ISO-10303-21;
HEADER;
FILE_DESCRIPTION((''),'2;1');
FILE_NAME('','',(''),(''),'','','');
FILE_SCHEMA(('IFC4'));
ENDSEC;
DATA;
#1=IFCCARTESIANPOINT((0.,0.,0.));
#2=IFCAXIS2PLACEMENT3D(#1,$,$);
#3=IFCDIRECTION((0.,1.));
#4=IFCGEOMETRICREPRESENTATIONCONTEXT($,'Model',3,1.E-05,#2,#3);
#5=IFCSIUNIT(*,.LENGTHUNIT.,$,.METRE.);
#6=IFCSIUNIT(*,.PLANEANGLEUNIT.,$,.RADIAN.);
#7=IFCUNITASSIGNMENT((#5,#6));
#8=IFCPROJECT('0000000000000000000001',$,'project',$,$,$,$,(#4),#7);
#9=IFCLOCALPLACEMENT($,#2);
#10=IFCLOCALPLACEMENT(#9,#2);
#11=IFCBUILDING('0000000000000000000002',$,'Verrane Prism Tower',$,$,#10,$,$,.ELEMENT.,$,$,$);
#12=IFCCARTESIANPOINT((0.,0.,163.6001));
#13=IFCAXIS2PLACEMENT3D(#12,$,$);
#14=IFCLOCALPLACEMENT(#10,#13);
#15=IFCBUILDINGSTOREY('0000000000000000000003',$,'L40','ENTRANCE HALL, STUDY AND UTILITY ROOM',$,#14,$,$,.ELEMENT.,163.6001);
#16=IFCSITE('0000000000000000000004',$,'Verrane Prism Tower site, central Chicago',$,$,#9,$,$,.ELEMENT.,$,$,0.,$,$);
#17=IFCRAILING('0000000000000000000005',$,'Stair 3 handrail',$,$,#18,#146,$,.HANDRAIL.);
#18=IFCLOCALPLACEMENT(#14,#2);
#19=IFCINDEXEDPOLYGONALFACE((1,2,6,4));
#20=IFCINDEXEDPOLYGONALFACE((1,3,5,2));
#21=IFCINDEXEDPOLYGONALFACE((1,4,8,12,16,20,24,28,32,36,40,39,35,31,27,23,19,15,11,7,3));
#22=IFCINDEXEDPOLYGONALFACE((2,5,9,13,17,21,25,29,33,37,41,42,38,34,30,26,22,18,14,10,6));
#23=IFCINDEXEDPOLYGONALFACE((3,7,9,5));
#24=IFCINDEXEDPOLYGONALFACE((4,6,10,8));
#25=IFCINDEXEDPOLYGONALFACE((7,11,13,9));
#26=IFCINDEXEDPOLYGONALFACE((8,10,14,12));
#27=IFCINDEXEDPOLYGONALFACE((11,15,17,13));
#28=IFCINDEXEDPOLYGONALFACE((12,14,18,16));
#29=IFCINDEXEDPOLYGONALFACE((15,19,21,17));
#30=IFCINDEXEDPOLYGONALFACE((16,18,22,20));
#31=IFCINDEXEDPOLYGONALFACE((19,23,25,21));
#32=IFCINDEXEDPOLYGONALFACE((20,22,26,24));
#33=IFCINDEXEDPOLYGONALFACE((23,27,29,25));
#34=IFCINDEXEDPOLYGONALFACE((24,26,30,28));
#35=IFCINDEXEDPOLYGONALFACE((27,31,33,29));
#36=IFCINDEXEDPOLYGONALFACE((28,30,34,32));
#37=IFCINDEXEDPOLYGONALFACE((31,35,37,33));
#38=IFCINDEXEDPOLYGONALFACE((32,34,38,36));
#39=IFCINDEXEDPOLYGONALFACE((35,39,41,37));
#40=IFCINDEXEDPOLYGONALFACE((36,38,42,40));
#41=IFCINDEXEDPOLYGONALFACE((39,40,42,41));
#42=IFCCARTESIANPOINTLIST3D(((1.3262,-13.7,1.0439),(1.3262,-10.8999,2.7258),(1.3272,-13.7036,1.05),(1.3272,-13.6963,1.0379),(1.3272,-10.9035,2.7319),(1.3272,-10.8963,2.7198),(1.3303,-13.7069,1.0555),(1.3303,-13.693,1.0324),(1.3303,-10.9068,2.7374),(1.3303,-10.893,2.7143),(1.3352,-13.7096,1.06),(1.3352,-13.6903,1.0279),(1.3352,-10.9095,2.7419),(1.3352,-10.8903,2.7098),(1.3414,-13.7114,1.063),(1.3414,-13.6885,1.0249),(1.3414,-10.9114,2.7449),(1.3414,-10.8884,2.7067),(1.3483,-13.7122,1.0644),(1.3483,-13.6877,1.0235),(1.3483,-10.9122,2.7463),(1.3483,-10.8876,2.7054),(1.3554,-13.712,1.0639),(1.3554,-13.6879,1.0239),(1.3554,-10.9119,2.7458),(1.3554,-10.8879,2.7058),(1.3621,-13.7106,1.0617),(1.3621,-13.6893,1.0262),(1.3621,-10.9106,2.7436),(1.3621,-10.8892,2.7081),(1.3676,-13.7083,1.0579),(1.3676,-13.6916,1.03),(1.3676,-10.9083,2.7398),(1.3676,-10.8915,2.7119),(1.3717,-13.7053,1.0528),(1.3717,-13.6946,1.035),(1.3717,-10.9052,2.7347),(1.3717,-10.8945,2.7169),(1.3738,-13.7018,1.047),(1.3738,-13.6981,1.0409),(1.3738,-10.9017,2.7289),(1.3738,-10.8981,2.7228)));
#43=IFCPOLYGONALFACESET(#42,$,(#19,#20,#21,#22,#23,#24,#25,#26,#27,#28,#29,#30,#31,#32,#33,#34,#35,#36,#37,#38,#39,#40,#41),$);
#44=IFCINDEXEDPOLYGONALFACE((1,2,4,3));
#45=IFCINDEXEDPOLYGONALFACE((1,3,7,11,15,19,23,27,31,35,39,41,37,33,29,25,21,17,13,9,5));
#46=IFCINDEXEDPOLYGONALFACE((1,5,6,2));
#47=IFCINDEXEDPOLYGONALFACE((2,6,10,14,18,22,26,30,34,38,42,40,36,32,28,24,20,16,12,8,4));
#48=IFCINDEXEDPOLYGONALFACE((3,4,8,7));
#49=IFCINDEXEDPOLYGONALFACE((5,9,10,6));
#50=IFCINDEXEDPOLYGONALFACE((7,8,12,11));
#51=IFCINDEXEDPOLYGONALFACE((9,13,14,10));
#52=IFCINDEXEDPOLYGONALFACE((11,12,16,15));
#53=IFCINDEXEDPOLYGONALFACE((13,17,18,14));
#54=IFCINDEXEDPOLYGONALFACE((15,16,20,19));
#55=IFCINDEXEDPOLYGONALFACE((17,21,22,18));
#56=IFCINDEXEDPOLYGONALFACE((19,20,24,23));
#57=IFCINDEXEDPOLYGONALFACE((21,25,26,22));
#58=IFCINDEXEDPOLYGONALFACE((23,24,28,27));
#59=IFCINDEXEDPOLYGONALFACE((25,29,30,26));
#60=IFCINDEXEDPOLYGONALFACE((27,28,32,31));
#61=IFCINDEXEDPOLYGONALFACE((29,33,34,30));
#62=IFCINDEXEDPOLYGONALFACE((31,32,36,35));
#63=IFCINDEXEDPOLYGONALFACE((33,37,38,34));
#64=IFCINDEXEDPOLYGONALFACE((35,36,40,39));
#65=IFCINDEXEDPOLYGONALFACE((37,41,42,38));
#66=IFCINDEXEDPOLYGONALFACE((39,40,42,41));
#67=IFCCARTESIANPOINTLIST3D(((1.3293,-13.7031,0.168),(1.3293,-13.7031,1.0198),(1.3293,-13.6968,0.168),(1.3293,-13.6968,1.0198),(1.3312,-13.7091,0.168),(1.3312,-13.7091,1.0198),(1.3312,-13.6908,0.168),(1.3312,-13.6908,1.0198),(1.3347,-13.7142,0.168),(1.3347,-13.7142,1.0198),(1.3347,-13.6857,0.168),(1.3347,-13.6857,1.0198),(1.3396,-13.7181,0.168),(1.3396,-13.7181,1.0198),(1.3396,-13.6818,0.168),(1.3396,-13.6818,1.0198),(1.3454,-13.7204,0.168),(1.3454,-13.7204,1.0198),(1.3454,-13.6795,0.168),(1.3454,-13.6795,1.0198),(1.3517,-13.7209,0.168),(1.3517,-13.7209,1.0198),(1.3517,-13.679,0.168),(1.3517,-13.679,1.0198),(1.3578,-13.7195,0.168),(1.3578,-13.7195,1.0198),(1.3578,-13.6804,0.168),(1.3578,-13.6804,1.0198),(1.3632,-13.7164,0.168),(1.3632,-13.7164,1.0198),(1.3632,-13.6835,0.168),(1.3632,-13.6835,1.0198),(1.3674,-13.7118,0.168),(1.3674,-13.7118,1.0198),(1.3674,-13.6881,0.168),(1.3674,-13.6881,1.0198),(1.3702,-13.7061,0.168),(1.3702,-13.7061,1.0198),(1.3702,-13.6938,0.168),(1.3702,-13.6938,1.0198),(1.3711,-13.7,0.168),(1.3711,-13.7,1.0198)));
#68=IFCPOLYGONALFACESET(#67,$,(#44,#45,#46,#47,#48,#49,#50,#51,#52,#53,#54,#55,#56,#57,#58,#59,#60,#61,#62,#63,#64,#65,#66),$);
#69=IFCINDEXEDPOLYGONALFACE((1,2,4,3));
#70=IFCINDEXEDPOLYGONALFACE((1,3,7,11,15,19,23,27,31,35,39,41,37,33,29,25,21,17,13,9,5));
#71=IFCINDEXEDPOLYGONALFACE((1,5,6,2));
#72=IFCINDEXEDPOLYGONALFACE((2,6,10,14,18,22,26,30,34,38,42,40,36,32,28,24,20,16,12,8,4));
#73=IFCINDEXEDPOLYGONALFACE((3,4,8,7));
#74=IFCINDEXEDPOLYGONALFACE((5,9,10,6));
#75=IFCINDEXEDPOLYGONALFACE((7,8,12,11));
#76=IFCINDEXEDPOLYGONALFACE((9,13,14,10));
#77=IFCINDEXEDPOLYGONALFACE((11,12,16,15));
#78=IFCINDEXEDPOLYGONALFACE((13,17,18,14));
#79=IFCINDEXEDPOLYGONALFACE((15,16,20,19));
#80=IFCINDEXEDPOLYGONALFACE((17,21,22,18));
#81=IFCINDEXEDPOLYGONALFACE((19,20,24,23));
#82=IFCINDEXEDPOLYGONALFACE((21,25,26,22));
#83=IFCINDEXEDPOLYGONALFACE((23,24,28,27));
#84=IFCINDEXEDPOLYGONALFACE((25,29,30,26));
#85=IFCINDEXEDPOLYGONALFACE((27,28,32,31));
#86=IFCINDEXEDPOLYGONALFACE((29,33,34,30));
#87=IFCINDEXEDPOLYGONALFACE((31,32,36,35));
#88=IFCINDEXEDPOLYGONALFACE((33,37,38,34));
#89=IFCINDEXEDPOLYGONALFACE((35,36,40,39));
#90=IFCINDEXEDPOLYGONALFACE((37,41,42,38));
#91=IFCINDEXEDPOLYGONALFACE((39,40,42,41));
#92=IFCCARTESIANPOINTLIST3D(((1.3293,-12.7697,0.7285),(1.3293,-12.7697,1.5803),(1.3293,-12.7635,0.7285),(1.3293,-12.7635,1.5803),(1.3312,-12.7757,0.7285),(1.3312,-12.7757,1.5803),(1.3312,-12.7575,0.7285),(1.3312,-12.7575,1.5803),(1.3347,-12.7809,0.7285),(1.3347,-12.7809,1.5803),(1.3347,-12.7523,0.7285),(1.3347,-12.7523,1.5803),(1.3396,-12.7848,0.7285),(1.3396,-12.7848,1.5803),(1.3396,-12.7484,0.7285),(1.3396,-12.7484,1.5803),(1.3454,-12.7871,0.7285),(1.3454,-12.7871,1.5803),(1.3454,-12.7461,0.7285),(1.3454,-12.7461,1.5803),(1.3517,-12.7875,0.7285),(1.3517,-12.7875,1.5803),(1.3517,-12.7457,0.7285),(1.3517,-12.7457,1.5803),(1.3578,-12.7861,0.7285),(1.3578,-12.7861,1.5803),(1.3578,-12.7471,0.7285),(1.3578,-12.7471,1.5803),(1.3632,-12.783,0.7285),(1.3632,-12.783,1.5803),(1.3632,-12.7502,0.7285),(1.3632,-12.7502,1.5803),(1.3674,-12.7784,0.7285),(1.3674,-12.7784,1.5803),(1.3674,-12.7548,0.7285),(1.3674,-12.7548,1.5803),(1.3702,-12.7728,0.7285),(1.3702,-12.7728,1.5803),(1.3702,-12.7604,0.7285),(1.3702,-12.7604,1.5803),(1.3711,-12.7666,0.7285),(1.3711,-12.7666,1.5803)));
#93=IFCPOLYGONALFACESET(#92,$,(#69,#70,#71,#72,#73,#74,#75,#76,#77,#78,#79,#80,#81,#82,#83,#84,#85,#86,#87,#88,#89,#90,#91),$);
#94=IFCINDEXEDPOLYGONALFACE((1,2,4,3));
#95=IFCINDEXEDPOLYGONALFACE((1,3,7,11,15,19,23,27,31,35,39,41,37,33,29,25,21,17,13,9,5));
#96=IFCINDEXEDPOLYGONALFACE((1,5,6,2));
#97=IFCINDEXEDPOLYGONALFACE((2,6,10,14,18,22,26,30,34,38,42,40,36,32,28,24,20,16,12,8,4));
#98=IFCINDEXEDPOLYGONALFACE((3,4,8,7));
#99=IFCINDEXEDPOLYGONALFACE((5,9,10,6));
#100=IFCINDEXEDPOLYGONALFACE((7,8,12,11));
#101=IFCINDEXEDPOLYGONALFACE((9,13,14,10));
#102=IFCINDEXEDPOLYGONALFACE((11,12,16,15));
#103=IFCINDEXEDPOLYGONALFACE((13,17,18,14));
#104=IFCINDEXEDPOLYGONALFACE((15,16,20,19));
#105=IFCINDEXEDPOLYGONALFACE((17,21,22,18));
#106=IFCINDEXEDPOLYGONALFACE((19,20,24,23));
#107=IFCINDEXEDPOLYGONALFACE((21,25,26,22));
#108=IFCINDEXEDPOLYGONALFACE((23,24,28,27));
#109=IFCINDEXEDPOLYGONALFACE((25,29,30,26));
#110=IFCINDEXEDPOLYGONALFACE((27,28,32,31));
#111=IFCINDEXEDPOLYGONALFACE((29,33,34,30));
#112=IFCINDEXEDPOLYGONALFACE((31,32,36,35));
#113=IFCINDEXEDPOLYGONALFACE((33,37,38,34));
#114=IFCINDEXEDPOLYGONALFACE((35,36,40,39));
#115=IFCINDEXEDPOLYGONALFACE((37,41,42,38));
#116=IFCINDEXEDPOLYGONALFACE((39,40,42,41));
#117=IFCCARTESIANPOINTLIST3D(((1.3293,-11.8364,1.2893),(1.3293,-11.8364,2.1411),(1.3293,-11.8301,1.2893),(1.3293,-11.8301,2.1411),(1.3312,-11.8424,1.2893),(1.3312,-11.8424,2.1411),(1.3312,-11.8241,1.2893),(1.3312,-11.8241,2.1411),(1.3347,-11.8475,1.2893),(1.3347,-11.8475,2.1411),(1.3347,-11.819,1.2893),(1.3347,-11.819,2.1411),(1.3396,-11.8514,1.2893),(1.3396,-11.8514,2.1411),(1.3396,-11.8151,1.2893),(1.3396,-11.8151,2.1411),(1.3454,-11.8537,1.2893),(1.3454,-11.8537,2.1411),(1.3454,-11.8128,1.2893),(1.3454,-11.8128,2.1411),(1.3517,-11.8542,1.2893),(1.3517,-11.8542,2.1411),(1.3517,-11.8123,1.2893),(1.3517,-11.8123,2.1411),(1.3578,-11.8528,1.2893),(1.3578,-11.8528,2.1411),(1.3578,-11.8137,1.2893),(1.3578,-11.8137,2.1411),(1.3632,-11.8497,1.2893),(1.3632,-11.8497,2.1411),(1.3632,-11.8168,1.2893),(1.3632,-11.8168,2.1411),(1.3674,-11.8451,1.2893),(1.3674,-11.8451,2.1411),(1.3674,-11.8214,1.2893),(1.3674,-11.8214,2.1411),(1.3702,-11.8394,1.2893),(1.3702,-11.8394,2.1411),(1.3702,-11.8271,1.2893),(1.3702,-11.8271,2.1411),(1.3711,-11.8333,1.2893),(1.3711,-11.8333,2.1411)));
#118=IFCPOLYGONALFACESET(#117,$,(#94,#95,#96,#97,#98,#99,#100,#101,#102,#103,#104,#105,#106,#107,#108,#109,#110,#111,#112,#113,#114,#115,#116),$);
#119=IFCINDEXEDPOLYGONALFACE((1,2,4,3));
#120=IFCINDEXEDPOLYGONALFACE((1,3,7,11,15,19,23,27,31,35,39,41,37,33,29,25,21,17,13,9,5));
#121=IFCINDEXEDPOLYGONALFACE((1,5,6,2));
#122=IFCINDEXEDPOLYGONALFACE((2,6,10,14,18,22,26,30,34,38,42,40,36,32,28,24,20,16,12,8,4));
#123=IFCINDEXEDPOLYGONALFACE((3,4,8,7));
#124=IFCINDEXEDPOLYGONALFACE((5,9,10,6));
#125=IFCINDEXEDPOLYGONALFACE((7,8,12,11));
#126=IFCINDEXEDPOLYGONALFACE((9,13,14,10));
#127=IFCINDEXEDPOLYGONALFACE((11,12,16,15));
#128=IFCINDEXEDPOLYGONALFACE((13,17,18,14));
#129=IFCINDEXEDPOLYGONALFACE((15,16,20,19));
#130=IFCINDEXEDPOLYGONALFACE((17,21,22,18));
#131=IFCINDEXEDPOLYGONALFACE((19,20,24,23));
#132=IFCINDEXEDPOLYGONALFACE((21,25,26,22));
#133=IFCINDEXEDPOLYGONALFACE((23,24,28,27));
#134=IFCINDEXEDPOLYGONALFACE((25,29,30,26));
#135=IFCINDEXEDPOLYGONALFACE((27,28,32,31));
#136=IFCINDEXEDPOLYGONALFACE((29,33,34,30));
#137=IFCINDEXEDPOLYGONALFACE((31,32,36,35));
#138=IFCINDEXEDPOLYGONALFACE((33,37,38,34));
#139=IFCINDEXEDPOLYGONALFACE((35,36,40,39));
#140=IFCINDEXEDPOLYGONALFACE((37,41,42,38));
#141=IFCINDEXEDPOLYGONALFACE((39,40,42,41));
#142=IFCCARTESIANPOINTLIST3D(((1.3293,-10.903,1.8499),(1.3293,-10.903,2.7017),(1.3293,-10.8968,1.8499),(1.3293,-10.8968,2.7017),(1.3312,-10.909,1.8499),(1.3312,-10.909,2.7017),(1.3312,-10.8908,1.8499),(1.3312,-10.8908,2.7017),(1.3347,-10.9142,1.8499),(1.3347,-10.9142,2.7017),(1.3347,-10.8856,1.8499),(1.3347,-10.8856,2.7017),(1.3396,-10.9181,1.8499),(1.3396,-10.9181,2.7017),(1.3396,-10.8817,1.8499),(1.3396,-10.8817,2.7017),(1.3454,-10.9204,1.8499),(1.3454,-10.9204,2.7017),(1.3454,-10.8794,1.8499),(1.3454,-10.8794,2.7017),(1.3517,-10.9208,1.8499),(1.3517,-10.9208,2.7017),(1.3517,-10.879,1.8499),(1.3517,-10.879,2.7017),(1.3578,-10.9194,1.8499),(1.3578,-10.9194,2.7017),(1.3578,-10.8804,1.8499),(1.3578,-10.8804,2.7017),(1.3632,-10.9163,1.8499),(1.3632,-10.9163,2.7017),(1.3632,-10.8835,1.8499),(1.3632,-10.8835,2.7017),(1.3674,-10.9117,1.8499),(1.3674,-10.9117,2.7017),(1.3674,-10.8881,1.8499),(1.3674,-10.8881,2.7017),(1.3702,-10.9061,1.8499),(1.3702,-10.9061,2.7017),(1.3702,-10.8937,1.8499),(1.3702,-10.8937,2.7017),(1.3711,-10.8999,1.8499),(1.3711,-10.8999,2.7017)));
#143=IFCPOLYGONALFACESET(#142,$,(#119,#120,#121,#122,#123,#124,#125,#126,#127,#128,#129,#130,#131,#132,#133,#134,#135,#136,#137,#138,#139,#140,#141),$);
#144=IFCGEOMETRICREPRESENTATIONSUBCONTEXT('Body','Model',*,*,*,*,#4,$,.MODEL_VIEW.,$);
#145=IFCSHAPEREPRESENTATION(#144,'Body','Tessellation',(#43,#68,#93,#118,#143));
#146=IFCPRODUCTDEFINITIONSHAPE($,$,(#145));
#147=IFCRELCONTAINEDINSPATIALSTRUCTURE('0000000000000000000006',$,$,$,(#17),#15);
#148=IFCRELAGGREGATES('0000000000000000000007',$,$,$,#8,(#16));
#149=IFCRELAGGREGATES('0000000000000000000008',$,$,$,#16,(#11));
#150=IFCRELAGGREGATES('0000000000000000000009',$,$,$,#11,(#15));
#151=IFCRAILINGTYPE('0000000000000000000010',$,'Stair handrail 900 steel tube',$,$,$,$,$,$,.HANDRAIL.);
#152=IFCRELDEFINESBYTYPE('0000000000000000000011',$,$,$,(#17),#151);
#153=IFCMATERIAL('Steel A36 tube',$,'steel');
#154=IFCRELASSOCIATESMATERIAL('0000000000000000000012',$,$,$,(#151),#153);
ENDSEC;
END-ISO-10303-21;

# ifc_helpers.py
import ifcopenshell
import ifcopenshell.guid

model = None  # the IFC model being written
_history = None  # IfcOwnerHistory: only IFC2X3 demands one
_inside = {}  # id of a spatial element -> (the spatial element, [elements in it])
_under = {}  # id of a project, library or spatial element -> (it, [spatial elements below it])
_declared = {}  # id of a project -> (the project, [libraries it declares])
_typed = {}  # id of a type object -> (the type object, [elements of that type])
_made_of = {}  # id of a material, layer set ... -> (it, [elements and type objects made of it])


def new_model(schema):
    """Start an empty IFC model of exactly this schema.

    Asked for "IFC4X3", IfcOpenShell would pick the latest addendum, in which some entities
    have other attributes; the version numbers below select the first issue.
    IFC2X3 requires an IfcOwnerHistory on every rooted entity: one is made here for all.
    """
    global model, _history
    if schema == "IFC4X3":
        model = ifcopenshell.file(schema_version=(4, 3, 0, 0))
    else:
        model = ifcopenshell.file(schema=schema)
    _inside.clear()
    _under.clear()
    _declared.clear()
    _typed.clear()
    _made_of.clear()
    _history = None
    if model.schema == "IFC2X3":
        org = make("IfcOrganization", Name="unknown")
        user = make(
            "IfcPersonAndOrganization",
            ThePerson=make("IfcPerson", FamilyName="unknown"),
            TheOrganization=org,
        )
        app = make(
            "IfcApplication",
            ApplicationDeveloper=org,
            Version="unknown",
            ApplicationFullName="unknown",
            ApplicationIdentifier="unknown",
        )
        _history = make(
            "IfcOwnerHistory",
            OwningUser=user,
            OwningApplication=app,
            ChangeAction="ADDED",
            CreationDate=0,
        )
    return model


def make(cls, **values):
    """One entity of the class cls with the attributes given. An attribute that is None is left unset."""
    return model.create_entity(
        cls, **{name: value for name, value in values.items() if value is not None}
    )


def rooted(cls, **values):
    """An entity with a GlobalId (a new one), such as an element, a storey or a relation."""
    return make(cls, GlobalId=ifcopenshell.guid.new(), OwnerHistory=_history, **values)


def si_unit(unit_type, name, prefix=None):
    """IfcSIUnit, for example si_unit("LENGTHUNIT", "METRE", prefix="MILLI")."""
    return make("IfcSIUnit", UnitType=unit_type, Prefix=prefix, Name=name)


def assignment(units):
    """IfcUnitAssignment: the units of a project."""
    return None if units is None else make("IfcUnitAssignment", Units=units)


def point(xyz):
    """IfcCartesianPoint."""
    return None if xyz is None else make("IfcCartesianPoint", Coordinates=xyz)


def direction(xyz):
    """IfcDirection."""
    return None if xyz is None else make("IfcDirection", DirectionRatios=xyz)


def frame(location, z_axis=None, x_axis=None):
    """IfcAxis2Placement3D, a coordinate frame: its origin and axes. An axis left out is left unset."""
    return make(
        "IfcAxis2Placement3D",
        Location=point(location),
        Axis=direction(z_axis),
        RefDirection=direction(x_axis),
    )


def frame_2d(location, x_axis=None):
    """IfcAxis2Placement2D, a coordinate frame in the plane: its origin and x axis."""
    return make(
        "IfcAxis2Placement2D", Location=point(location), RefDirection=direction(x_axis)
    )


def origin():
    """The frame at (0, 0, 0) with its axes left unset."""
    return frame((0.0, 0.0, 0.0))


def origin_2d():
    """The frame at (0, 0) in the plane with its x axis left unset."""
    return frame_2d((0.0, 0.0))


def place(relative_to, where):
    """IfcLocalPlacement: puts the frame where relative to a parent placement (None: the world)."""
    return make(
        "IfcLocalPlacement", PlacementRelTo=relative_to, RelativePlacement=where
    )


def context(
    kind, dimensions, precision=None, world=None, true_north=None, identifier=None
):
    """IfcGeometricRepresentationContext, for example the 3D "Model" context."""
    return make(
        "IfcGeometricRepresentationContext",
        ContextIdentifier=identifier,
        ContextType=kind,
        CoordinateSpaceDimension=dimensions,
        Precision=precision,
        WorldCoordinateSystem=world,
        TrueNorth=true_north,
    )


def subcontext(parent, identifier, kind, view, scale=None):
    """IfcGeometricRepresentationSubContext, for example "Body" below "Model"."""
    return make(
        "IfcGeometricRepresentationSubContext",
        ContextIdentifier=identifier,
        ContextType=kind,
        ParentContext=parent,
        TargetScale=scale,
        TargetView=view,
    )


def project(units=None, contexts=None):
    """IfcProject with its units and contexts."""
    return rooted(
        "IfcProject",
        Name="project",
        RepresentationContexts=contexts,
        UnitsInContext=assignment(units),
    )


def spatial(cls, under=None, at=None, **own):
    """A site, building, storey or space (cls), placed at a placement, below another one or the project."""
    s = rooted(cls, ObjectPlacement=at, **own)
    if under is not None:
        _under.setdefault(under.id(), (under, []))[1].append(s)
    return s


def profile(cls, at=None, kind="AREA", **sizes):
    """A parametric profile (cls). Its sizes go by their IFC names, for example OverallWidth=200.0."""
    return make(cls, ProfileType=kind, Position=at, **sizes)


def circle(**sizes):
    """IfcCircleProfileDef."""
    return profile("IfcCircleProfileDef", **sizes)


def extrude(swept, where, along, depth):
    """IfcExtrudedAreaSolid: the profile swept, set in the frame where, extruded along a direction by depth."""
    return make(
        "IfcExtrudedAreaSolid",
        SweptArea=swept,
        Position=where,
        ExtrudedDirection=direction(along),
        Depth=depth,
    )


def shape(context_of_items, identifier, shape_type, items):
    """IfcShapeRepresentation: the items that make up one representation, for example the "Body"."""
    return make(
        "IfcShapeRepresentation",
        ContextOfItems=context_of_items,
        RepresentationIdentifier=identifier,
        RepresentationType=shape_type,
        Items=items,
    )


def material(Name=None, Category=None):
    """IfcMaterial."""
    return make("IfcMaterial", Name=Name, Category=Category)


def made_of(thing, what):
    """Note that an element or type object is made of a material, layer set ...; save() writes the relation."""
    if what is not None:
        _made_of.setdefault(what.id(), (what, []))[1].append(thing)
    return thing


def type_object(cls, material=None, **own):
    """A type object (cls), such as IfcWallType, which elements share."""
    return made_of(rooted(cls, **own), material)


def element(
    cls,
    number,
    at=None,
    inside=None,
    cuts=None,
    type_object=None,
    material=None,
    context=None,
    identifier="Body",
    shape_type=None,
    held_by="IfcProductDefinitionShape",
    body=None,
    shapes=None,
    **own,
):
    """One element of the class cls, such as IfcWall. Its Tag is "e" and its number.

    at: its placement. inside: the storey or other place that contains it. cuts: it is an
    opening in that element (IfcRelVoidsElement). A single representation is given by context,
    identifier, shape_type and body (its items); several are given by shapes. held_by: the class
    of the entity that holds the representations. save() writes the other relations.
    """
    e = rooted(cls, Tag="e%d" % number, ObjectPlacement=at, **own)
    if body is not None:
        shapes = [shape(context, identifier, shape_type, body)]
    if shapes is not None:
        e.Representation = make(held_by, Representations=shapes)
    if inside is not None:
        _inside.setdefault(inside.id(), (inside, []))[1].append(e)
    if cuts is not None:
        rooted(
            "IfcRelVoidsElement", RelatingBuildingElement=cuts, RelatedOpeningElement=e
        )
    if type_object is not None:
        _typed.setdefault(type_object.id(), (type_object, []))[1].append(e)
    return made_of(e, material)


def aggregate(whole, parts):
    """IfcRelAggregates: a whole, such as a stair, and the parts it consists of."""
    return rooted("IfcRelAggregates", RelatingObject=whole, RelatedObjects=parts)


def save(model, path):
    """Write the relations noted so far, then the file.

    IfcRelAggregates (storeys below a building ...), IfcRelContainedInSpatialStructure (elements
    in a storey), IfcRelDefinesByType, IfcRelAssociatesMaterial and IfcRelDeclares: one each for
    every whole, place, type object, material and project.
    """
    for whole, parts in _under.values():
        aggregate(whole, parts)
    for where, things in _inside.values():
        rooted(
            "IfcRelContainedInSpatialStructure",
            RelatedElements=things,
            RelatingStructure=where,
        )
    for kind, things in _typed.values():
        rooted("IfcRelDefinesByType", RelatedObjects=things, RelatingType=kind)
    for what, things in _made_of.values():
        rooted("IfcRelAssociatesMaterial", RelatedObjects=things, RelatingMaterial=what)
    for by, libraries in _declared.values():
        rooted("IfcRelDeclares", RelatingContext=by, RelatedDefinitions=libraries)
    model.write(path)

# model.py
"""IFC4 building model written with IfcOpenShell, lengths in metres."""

from ifc_helpers import new_model, si_unit, direction, frame, origin, origin_2d, place, context, subcontext, project, spatial, circle, extrude, material, type_object, element, save


model = new_model("IFC4")

# Units and contexts
model_context = context("Model", 3, precision=1e-05, world=origin(), true_north=direction((0.0, 1.0)))
body_context = subcontext(model_context, "Body", "Model", "MODEL_VIEW")
ifc_project = project(units=[si_unit("LENGTHUNIT", "METRE"), si_unit("PLANEANGLEUNIT", "RADIAN")], contexts=[model_context])

# Site, building, storey
site_placement = place(None, origin())
site = spatial("IfcSite", under=ifc_project, at=site_placement, Name="Verrane Prism Tower site, central Chicago", CompositionType="ELEMENT", RefElevation=0.0)
building_placement = place(site_placement, origin())
building = spatial("IfcBuilding", under=site, at=building_placement, Name="Verrane Prism Tower", CompositionType="ELEMENT")
storey_placement = place(building_placement, frame((0.0, 0.0, 163.6001)))
storey = spatial("IfcBuildingStorey", under=building, at=storey_placement, Name="L40", Description="ENTRANCE HALL, STUDY AND UTILITY ROOM", CompositionType="ELEMENT", Elevation=163.6001)

# Railing
ifc_material_1 = material(Name="Steel A36 tube", Category="steel")
railing_type_1 = type_object("IfcRailingType", Name="Stair handrail 900 steel tube", PredefinedType="HANDRAIL", material=ifc_material_1)
railing_1_placement = place(storey_placement, frame((1.3501, -13.7, 0.168)))
element("IfcRailing", 1, at=railing_1_placement, inside=storey, type_object=railing_type_1, Name="Stair 3 handrail", PredefinedType="HANDRAIL", context=body_context, shape_type="SweptSolid", body=[
    extrude(circle(Radius=0.0239, at=origin_2d()), frame((0.0, 0.0, 0.876), z_axis=(0.0, 0.857242, 0.514913), x_axis=(-1.0, 0.0, 0.0)), (0.0, 0.0, 1.0), 3.2664),
    extrude(circle(Radius=0.021, at=origin_2d()), origin(), (0.0, 0.0, 1.0), 0.8518),
    extrude(circle(Radius=0.021, at=origin_2d()), frame((0.0, 0.9333, 0.5605)), (0.0, 0.0, 1.0), 0.8518),
    extrude(circle(Radius=0.021, at=origin_2d()), frame((0.0, 1.8667, 1.1213)), (0.0, 0.0, 1.0), 0.8518),
    extrude(circle(Radius=0.021, at=origin_2d()), frame((0.0, 2.8, 1.6819)), (0.0, 0.0, 1.0), 0.8518),
])

save(model, "model.ifc")
